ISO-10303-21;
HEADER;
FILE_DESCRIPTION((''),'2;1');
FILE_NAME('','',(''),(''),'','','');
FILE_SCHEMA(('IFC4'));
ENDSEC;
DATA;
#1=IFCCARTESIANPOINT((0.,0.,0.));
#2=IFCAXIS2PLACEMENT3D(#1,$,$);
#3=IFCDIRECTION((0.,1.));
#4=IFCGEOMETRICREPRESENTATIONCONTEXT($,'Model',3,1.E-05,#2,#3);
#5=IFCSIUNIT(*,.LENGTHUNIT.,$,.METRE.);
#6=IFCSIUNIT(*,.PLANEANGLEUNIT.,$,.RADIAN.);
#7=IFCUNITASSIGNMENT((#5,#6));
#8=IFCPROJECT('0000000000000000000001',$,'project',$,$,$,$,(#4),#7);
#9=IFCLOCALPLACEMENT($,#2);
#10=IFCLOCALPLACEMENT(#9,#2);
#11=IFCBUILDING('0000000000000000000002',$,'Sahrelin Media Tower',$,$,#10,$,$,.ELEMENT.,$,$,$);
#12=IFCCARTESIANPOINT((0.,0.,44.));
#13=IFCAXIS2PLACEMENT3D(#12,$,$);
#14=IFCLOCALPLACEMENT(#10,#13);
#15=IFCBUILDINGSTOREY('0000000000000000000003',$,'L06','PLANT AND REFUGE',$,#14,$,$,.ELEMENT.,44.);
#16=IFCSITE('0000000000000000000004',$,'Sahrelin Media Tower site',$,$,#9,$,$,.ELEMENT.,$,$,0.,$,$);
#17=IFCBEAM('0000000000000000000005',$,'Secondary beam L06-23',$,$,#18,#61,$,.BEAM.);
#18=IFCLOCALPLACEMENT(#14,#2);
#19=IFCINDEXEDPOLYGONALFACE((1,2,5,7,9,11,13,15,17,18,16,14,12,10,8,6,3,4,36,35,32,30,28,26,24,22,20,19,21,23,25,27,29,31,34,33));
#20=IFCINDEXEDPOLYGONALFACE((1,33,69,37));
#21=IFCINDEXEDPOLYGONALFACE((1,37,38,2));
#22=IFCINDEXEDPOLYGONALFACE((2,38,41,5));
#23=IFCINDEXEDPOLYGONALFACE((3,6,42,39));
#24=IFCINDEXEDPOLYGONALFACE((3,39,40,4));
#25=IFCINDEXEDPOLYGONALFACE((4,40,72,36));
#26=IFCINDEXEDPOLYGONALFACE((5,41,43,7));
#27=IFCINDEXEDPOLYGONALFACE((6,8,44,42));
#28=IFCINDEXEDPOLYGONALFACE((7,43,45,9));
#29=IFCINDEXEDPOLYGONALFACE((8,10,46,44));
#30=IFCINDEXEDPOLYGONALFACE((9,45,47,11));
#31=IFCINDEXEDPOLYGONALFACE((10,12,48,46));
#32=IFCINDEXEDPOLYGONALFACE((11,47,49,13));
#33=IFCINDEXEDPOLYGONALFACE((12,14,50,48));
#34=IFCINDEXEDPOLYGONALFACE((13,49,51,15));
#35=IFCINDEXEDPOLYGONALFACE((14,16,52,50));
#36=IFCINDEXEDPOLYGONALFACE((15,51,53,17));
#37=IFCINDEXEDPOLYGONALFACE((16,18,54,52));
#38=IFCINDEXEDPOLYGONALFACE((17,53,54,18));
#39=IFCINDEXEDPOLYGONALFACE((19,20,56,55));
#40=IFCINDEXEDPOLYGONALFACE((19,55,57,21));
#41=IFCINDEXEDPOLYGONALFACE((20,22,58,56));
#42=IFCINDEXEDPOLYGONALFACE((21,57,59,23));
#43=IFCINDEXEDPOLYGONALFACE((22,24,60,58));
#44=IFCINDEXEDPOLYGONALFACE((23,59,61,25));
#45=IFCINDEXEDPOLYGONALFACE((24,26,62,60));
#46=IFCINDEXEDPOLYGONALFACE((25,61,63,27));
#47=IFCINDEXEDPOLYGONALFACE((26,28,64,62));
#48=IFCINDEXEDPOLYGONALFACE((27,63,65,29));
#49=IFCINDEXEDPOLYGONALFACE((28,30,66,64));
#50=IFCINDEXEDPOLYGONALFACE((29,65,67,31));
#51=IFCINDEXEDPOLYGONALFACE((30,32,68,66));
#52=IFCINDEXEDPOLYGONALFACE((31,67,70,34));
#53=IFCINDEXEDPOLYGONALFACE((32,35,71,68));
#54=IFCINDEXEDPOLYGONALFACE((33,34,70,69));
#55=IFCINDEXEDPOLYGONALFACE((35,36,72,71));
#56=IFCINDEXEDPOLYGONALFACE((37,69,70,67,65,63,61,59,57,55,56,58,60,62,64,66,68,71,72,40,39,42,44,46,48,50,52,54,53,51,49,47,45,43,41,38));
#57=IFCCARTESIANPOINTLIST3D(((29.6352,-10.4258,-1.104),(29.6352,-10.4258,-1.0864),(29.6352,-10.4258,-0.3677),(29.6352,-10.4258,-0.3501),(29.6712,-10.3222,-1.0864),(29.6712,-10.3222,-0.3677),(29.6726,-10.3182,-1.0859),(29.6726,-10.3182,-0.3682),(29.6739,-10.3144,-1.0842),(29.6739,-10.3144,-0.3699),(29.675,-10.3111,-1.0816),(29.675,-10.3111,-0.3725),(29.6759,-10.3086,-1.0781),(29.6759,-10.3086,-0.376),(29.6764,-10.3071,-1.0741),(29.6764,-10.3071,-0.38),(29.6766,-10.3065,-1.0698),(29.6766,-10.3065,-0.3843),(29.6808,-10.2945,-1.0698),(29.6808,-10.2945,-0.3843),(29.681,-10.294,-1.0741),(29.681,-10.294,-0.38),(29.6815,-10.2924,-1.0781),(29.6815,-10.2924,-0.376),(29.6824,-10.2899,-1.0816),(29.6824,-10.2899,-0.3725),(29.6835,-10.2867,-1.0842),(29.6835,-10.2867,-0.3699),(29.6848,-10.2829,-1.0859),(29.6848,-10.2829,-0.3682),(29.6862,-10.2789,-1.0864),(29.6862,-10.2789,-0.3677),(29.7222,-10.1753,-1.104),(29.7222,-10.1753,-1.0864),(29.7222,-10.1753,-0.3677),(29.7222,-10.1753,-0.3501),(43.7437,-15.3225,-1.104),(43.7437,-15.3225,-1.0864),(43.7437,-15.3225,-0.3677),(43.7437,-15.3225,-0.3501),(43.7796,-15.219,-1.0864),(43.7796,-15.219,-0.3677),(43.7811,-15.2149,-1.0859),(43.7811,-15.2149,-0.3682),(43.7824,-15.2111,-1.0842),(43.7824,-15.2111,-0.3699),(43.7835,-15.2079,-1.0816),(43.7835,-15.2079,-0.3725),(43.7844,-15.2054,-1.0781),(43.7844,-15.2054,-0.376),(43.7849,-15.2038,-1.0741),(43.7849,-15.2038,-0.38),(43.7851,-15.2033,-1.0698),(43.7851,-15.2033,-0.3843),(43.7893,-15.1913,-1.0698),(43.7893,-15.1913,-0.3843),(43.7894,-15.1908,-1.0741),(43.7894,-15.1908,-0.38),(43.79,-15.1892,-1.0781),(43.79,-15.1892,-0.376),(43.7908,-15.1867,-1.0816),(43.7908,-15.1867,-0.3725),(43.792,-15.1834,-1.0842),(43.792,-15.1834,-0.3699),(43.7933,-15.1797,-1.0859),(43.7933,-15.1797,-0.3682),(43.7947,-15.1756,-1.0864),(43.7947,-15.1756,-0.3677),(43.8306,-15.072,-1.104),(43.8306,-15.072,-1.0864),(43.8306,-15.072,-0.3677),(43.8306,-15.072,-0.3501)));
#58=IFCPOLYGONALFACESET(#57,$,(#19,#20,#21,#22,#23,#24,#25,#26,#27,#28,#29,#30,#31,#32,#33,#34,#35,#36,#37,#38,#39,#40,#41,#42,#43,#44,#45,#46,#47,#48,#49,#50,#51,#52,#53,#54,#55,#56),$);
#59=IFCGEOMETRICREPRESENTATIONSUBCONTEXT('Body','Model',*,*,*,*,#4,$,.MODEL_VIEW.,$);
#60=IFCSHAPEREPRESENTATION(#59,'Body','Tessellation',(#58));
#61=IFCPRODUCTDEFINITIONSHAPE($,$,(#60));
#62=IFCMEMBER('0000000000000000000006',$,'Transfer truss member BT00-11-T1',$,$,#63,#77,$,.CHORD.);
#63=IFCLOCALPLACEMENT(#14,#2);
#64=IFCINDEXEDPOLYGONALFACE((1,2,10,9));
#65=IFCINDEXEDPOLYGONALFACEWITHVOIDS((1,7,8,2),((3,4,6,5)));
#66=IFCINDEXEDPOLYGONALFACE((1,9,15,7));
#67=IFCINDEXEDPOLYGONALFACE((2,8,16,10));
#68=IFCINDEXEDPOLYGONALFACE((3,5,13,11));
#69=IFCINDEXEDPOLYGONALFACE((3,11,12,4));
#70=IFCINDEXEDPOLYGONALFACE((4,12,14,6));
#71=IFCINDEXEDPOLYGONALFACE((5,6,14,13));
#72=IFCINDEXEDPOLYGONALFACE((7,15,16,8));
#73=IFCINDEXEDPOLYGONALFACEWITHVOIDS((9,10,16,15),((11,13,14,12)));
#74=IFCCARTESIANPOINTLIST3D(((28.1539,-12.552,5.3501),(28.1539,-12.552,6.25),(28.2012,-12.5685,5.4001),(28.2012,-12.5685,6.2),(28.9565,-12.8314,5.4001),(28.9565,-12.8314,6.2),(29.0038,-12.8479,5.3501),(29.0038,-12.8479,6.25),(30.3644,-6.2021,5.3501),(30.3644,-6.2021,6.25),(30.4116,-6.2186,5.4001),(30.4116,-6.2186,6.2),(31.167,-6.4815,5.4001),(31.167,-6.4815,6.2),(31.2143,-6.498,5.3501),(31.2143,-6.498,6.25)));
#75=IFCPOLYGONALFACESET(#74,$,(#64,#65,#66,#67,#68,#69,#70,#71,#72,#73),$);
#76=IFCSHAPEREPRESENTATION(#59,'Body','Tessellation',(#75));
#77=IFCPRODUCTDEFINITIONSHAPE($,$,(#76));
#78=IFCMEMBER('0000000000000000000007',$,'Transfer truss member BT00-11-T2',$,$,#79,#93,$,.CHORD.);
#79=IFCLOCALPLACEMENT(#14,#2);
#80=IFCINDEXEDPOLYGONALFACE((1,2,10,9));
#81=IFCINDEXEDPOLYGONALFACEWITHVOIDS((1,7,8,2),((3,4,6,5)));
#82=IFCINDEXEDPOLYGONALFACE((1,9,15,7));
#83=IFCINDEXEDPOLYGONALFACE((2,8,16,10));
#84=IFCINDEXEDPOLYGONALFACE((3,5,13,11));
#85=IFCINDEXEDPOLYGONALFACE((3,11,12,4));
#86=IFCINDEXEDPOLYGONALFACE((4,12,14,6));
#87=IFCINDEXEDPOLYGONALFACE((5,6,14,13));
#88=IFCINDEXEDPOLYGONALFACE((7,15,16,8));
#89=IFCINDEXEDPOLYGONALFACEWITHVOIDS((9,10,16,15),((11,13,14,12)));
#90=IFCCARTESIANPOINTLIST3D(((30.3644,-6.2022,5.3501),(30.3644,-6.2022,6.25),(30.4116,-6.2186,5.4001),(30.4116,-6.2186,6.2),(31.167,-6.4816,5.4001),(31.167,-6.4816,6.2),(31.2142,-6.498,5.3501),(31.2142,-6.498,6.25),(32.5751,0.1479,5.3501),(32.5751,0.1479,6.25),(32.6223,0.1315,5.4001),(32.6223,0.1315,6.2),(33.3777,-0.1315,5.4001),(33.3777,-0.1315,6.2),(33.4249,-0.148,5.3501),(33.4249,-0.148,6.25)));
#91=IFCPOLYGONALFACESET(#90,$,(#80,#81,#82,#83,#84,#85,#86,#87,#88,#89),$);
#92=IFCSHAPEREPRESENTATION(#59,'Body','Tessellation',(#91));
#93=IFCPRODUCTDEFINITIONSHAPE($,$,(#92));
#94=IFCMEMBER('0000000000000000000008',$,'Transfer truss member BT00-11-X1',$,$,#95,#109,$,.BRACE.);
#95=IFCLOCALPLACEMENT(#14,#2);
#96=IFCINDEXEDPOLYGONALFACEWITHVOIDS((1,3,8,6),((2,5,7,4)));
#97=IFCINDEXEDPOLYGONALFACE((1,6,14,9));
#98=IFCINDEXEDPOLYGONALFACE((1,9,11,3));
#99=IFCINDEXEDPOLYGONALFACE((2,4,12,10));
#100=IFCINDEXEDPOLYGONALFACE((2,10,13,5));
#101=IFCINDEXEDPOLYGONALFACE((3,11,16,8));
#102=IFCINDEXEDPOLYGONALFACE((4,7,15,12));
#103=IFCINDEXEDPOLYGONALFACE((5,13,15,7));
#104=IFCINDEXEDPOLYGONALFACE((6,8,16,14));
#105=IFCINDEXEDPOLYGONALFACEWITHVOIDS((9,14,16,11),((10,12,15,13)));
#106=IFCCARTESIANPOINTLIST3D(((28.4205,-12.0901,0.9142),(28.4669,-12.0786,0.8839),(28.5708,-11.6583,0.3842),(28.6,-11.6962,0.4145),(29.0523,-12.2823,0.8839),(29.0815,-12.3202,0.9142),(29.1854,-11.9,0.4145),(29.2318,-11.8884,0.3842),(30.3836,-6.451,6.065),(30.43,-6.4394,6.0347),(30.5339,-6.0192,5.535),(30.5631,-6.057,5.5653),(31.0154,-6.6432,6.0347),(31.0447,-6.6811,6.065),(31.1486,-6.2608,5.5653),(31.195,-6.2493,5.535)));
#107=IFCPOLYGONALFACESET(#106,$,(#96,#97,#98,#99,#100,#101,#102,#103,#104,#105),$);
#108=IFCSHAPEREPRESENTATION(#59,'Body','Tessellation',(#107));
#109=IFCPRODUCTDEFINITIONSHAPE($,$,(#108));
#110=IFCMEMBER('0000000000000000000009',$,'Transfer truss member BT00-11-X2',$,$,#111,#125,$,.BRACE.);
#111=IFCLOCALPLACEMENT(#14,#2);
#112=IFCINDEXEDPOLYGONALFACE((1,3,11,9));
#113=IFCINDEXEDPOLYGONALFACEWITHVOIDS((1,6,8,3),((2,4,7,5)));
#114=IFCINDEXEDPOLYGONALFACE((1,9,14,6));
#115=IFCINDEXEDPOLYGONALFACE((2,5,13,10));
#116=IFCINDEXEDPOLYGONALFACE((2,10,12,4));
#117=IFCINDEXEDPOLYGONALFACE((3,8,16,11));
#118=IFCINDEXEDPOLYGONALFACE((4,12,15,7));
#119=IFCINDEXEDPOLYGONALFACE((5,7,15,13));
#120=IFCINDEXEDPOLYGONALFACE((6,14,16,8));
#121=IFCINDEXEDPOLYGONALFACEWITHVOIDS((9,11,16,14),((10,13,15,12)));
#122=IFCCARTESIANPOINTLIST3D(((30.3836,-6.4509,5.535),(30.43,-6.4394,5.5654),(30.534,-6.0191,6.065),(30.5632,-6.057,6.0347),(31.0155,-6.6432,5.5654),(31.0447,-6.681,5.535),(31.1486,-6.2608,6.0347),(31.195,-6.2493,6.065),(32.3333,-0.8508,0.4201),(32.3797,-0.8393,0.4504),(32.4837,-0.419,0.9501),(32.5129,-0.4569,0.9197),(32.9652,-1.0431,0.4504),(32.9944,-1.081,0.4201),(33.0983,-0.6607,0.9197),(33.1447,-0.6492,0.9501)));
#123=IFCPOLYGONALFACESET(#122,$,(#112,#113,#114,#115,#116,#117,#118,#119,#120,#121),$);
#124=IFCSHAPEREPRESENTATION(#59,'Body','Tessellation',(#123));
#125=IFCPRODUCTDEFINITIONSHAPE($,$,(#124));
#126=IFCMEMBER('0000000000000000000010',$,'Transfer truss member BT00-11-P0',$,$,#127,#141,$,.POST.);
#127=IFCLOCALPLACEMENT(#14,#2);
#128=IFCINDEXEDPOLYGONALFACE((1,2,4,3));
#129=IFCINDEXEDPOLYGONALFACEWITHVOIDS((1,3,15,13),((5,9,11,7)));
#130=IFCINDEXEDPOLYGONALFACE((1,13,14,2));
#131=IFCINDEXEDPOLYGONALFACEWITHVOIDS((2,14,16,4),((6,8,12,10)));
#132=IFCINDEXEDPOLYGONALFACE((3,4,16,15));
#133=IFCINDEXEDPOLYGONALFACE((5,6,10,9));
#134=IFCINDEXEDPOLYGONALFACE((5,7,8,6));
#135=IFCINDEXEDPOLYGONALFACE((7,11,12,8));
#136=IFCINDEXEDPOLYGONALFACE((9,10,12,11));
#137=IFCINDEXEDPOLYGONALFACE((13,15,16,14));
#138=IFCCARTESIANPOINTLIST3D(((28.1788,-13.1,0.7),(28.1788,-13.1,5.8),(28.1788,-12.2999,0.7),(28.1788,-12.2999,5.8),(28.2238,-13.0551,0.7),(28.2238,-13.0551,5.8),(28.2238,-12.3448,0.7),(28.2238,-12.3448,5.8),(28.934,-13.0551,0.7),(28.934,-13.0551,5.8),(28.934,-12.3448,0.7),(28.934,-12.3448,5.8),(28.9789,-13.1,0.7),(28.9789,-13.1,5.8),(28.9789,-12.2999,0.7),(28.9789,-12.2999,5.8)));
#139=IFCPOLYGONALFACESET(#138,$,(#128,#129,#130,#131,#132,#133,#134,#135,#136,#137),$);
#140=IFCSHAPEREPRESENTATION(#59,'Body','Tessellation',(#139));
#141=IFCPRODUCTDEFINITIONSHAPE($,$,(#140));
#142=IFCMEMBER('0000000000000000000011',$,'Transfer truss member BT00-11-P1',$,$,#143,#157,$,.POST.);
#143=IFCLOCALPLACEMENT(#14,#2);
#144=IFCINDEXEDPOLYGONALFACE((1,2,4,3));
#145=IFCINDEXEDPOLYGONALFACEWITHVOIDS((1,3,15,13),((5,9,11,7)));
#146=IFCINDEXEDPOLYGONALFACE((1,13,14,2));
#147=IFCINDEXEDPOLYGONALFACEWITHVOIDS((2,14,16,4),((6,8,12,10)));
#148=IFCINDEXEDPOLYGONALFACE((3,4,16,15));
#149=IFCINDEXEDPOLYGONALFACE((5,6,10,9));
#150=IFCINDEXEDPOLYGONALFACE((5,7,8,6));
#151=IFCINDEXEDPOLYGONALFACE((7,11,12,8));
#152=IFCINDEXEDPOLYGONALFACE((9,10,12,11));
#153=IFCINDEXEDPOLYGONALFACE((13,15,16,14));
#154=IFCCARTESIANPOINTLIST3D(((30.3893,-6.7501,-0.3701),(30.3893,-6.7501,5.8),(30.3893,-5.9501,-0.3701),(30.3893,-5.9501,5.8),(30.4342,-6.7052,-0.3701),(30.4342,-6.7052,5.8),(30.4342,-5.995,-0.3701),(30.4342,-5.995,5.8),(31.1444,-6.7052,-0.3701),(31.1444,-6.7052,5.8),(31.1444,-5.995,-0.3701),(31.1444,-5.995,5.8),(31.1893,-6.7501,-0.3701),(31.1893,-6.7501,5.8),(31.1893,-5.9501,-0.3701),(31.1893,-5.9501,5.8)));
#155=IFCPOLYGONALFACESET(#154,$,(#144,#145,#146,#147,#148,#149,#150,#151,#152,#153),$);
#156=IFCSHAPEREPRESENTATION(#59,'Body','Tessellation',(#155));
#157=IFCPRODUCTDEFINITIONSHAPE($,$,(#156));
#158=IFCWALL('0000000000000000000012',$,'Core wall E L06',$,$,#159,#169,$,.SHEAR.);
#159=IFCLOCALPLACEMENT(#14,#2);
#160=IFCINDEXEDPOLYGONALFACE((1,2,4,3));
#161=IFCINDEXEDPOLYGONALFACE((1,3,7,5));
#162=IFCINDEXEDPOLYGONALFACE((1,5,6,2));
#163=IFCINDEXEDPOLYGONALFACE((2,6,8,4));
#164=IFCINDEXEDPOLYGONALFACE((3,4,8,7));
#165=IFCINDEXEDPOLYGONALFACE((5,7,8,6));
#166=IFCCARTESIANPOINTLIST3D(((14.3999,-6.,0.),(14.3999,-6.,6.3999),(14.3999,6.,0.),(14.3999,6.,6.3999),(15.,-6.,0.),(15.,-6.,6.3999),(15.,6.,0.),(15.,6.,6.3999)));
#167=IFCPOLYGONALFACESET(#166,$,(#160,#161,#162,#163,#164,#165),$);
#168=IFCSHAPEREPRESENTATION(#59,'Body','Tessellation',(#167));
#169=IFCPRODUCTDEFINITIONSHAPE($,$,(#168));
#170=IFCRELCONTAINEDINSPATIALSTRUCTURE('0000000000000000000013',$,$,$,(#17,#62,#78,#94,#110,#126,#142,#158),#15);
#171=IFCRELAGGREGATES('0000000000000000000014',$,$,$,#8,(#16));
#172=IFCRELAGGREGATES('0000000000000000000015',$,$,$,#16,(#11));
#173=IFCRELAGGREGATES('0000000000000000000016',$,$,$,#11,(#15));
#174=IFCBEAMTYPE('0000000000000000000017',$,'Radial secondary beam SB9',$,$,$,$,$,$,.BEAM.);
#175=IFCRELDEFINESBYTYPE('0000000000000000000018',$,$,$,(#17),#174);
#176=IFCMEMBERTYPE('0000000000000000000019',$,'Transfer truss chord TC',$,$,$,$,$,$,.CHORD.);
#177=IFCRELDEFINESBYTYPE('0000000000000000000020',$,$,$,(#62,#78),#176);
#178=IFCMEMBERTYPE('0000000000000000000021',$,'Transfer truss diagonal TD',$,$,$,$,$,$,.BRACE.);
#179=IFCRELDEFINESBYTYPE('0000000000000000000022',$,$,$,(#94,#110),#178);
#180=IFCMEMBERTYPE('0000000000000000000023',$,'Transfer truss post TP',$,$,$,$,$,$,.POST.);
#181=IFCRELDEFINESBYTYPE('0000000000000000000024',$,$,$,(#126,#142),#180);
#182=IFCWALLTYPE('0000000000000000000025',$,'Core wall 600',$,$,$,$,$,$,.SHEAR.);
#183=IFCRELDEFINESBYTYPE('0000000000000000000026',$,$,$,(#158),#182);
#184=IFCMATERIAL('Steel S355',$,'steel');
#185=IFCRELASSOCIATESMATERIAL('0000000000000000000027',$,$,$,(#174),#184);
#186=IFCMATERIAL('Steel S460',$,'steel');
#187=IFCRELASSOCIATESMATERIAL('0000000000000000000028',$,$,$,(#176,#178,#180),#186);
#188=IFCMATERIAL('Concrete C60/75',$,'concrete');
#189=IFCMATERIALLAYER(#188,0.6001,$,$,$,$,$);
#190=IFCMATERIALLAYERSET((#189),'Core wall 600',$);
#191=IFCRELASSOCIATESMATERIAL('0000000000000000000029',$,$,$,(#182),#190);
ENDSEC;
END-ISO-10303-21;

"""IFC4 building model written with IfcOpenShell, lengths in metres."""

from ifc_helpers import new_model, si_unit, direction, frame, frame_2d, origin, origin_2d, place, context, subcontext, project, spatial, rectangle, hollow_rectangle, i_section, extrude, material, layer, layer_set, material_profile, profile_set, type_object, element, save


model = new_model("IFC4")

# Units and contexts
model_context = context("Model", 3, precision=1e-05, world=origin(), true_north=direction((0.0, 1.0)))
body_context = subcontext(model_context, "Body", "Model", "MODEL_VIEW")
ifc_project = project(units=[si_unit("LENGTHUNIT", "METRE"), si_unit("PLANEANGLEUNIT", "RADIAN")], contexts=[model_context])

# Site, building, storey
site_placement = place(None, origin())
site = spatial("IfcSite", under=ifc_project, at=site_placement, Name="Sahrelin Media Tower site", CompositionType="ELEMENT", RefElevation=0.0)
building_placement = place(site_placement, origin())
building = spatial("IfcBuilding", under=site, at=building_placement, Name="Sahrelin Media Tower", CompositionType="ELEMENT")
storey_placement = place(building_placement, frame((0.0, 0.0, 44.0)))
storey = spatial("IfcBuildingStorey", under=building, at=storey_placement, Name="L06", Description="PLANT AND REFUGE", CompositionType="ELEMENT", Elevation=44.0)

# Shared definitions
ifc_material_1 = material(Name="Steel S460", Category="steel")

# Beam
ifc_material_2 = material(Name="Steel S355", Category="steel")
ifc_material_profile_1 = material_profile(ifc_material_2, i_section(OverallWidth=0.2651, OverallDepth=0.7539, WebThickness=0.0127, FlangeThickness=0.0176, FilletRadius=0.0166, at=origin_2d()), Name="UB 762x267x147")
ifc_profile_set_1 = profile_set([ifc_material_profile_1], Name="Steel S355")
beam_type_1 = type_object("IfcBeamType", Name="Radial secondary beam SB9", PredefinedType="BEAM", material=ifc_profile_set_1)
beam_1_placement = place(storey_placement, frame((29.6787, -10.3005, -0.7271), z_axis=(0.944716, -0.327891, 0.0), x_axis=(0.327891, 0.944716, 0.0)))
element("IfcBeam", 1, at=beam_1_placement, inside=storey, type_object=beam_type_1, Name="Secondary beam L06-23", PredefinedType="BEAM", context=body_context, shape_type="SweptSolid", body=[
    extrude(i_section(OverallWidth=0.2651, OverallDepth=0.7539, WebThickness=0.0127, FlangeThickness=0.0176, FilletRadius=0.0166, at=origin_2d()), origin(), (0.0, 0.0, 1.0), 14.9341),
])

# Members
ifc_material_profile_2 = material_profile(ifc_material_1, hollow_rectangle(XDim=0.8999, YDim=0.8999, WallThickness=0.05, at=origin_2d()), Name="Transfer truss chord TC")
ifc_profile_set_2 = profile_set([ifc_material_profile_2], Name="Steel S460")
member_type_1 = type_object("IfcMemberType", Name="Transfer truss chord TC", PredefinedType="CHORD", material=ifc_profile_set_2)
member_1_placement = place(storey_placement, frame((28.5789, -12.7, 5.8), z_axis=(0.32876, 0.944413, 0.0), x_axis=(-0.944413, 0.32876, 0.0)))
element("IfcMember", 2, at=member_1_placement, inside=storey, type_object=member_type_1, Name="Transfer truss member BT00-11-T1", PredefinedType="CHORD", context=body_context, shape_type="SweptSolid", body=[
    extrude(hollow_rectangle(XDim=0.8999, YDim=0.8999, WallThickness=0.05, at=origin_2d()), origin(), (0.0, 0.0, 1.0), 6.7236),
])
member_2_placement = place(storey_placement, frame((30.7893, -6.3501, 5.8), z_axis=(0.328781, 0.944406, 0.0), x_axis=(-0.944406, 0.328781, 0.0)))
element("IfcMember", 3, at=member_2_placement, inside=storey, type_object=member_type_1, Name="Transfer truss member BT00-11-T2", PredefinedType="CHORD", context=body_context, shape_type="SweptSolid", body=[
    extrude(hollow_rectangle(XDim=0.8999, YDim=0.8999, WallThickness=0.05, at=origin_2d()), origin(), (0.0, 0.0, 1.0), 6.7239),
])
ifc_material_profile_3 = material_profile(ifc_material_1, hollow_rectangle(XDim=0.7, YDim=0.7, WallThickness=0.04, at=origin_2d()), Name="Transfer truss diagonal TD")
ifc_profile_set_3 = profile_set([ifc_material_profile_3], Name="Steel S460")
member_type_2 = type_object("IfcMemberType", Name="Transfer truss diagonal TD", PredefinedType="BRACE", material=ifc_profile_set_3)
member_3_placement = place(storey_placement, frame((28.8262, -11.9893, 0.6492), z_axis=(0.248946, 0.715105, 0.653185), x_axis=(-0.944409, 0.328773, 0.0)))
element("IfcMember", 4, at=member_3_placement, inside=storey, type_object=member_type_2, Name="Transfer truss member BT00-11-X1", PredefinedType="BRACE", context=body_context, shape_type="SweptSolid", body=[
    extrude(hollow_rectangle(XDim=0.7, YDim=0.7, WallThickness=0.04, at=origin_2d()), origin(), (0.0, 0.0, 1.0), 7.8857),
])
member_4_placement = place(storey_placement, frame((32.739, -0.75, 0.6851), z_axis=(-0.248971, -0.715113, 0.653167), x_axis=(0.9444, -0.328798, 0.0)))
element("IfcMember", 5, at=member_4_placement, inside=storey, type_object=member_type_2, Name="Transfer truss member BT00-11-X2", PredefinedType="BRACE", context=body_context, shape_type="SweptSolid", body=[
    extrude(hollow_rectangle(XDim=0.7, YDim=0.7, WallThickness=0.04, at=origin_2d()), origin(), (0.0, 0.0, 1.0), 7.8311),
])
ifc_material_profile_4 = material_profile(ifc_material_1, hollow_rectangle(XDim=0.8, YDim=0.8, WallThickness=0.0449, at=origin_2d()), Name="Transfer truss post TP")
ifc_profile_set_4 = profile_set([ifc_material_profile_4], Name="Steel S460")
member_type_3 = type_object("IfcMemberType", Name="Transfer truss post TP", PredefinedType="POST", material=ifc_profile_set_4)
member_5_placement = place(storey_placement, frame((28.5789, -12.7, 0.7), z_axis=(0.0, 0.0, 1.0), x_axis=(1.0, 0.0, 0.0)))
element("IfcMember", 6, at=member_5_placement, inside=storey, type_object=member_type_3, Name="Transfer truss member BT00-11-P0", PredefinedType="POST", context=body_context, shape_type="SweptSolid", body=[
    extrude(hollow_rectangle(XDim=0.8, YDim=0.8, WallThickness=0.0449, at=origin_2d()), origin(), (0.0, 0.0, 1.0), 5.1001),
])
member_6_placement = place(storey_placement, frame((30.7893, -6.3501, -0.3701), z_axis=(0.0, 0.0, 1.0), x_axis=(1.0, 0.0, 0.0)))
element("IfcMember", 7, at=member_6_placement, inside=storey, type_object=member_type_3, Name="Transfer truss member BT00-11-P1", PredefinedType="POST", context=body_context, shape_type="SweptSolid", body=[
    extrude(hollow_rectangle(XDim=0.8, YDim=0.8, WallThickness=0.0449, at=origin_2d()), origin(), (0.0, 0.0, 1.0), 6.1702),
])

# Wall
ifc_material_3 = material(Name="Concrete C60/75", Category="concrete")
ifc_layer_1 = layer(ifc_material_3, 0.6001)
ifc_layer_set_1 = layer_set([ifc_layer_1], Name="Core wall 600")
wall_type_1 = type_object("IfcWallType", Name="Core wall 600", PredefinedType="SHEAR", material=ifc_layer_set_1)
wall_1_placement = place(storey_placement, frame((14.7, -6.0, 0.0), z_axis=(0.0, 0.0, 1.0), x_axis=(0.0, 1.0, 0.0)))
element("IfcWall", 8, at=wall_1_placement, inside=storey, type_object=wall_type_1, Name="Core wall E L06", PredefinedType="SHEAR", context=body_context, shape_type="SweptSolid", body=[
    extrude(rectangle(XDim=12.0, YDim=0.6001, at=frame_2d((6.0, 0.0))), origin(), (0.0, 0.0, 1.0), 6.3999),
])

save(model, "model.ifc")
